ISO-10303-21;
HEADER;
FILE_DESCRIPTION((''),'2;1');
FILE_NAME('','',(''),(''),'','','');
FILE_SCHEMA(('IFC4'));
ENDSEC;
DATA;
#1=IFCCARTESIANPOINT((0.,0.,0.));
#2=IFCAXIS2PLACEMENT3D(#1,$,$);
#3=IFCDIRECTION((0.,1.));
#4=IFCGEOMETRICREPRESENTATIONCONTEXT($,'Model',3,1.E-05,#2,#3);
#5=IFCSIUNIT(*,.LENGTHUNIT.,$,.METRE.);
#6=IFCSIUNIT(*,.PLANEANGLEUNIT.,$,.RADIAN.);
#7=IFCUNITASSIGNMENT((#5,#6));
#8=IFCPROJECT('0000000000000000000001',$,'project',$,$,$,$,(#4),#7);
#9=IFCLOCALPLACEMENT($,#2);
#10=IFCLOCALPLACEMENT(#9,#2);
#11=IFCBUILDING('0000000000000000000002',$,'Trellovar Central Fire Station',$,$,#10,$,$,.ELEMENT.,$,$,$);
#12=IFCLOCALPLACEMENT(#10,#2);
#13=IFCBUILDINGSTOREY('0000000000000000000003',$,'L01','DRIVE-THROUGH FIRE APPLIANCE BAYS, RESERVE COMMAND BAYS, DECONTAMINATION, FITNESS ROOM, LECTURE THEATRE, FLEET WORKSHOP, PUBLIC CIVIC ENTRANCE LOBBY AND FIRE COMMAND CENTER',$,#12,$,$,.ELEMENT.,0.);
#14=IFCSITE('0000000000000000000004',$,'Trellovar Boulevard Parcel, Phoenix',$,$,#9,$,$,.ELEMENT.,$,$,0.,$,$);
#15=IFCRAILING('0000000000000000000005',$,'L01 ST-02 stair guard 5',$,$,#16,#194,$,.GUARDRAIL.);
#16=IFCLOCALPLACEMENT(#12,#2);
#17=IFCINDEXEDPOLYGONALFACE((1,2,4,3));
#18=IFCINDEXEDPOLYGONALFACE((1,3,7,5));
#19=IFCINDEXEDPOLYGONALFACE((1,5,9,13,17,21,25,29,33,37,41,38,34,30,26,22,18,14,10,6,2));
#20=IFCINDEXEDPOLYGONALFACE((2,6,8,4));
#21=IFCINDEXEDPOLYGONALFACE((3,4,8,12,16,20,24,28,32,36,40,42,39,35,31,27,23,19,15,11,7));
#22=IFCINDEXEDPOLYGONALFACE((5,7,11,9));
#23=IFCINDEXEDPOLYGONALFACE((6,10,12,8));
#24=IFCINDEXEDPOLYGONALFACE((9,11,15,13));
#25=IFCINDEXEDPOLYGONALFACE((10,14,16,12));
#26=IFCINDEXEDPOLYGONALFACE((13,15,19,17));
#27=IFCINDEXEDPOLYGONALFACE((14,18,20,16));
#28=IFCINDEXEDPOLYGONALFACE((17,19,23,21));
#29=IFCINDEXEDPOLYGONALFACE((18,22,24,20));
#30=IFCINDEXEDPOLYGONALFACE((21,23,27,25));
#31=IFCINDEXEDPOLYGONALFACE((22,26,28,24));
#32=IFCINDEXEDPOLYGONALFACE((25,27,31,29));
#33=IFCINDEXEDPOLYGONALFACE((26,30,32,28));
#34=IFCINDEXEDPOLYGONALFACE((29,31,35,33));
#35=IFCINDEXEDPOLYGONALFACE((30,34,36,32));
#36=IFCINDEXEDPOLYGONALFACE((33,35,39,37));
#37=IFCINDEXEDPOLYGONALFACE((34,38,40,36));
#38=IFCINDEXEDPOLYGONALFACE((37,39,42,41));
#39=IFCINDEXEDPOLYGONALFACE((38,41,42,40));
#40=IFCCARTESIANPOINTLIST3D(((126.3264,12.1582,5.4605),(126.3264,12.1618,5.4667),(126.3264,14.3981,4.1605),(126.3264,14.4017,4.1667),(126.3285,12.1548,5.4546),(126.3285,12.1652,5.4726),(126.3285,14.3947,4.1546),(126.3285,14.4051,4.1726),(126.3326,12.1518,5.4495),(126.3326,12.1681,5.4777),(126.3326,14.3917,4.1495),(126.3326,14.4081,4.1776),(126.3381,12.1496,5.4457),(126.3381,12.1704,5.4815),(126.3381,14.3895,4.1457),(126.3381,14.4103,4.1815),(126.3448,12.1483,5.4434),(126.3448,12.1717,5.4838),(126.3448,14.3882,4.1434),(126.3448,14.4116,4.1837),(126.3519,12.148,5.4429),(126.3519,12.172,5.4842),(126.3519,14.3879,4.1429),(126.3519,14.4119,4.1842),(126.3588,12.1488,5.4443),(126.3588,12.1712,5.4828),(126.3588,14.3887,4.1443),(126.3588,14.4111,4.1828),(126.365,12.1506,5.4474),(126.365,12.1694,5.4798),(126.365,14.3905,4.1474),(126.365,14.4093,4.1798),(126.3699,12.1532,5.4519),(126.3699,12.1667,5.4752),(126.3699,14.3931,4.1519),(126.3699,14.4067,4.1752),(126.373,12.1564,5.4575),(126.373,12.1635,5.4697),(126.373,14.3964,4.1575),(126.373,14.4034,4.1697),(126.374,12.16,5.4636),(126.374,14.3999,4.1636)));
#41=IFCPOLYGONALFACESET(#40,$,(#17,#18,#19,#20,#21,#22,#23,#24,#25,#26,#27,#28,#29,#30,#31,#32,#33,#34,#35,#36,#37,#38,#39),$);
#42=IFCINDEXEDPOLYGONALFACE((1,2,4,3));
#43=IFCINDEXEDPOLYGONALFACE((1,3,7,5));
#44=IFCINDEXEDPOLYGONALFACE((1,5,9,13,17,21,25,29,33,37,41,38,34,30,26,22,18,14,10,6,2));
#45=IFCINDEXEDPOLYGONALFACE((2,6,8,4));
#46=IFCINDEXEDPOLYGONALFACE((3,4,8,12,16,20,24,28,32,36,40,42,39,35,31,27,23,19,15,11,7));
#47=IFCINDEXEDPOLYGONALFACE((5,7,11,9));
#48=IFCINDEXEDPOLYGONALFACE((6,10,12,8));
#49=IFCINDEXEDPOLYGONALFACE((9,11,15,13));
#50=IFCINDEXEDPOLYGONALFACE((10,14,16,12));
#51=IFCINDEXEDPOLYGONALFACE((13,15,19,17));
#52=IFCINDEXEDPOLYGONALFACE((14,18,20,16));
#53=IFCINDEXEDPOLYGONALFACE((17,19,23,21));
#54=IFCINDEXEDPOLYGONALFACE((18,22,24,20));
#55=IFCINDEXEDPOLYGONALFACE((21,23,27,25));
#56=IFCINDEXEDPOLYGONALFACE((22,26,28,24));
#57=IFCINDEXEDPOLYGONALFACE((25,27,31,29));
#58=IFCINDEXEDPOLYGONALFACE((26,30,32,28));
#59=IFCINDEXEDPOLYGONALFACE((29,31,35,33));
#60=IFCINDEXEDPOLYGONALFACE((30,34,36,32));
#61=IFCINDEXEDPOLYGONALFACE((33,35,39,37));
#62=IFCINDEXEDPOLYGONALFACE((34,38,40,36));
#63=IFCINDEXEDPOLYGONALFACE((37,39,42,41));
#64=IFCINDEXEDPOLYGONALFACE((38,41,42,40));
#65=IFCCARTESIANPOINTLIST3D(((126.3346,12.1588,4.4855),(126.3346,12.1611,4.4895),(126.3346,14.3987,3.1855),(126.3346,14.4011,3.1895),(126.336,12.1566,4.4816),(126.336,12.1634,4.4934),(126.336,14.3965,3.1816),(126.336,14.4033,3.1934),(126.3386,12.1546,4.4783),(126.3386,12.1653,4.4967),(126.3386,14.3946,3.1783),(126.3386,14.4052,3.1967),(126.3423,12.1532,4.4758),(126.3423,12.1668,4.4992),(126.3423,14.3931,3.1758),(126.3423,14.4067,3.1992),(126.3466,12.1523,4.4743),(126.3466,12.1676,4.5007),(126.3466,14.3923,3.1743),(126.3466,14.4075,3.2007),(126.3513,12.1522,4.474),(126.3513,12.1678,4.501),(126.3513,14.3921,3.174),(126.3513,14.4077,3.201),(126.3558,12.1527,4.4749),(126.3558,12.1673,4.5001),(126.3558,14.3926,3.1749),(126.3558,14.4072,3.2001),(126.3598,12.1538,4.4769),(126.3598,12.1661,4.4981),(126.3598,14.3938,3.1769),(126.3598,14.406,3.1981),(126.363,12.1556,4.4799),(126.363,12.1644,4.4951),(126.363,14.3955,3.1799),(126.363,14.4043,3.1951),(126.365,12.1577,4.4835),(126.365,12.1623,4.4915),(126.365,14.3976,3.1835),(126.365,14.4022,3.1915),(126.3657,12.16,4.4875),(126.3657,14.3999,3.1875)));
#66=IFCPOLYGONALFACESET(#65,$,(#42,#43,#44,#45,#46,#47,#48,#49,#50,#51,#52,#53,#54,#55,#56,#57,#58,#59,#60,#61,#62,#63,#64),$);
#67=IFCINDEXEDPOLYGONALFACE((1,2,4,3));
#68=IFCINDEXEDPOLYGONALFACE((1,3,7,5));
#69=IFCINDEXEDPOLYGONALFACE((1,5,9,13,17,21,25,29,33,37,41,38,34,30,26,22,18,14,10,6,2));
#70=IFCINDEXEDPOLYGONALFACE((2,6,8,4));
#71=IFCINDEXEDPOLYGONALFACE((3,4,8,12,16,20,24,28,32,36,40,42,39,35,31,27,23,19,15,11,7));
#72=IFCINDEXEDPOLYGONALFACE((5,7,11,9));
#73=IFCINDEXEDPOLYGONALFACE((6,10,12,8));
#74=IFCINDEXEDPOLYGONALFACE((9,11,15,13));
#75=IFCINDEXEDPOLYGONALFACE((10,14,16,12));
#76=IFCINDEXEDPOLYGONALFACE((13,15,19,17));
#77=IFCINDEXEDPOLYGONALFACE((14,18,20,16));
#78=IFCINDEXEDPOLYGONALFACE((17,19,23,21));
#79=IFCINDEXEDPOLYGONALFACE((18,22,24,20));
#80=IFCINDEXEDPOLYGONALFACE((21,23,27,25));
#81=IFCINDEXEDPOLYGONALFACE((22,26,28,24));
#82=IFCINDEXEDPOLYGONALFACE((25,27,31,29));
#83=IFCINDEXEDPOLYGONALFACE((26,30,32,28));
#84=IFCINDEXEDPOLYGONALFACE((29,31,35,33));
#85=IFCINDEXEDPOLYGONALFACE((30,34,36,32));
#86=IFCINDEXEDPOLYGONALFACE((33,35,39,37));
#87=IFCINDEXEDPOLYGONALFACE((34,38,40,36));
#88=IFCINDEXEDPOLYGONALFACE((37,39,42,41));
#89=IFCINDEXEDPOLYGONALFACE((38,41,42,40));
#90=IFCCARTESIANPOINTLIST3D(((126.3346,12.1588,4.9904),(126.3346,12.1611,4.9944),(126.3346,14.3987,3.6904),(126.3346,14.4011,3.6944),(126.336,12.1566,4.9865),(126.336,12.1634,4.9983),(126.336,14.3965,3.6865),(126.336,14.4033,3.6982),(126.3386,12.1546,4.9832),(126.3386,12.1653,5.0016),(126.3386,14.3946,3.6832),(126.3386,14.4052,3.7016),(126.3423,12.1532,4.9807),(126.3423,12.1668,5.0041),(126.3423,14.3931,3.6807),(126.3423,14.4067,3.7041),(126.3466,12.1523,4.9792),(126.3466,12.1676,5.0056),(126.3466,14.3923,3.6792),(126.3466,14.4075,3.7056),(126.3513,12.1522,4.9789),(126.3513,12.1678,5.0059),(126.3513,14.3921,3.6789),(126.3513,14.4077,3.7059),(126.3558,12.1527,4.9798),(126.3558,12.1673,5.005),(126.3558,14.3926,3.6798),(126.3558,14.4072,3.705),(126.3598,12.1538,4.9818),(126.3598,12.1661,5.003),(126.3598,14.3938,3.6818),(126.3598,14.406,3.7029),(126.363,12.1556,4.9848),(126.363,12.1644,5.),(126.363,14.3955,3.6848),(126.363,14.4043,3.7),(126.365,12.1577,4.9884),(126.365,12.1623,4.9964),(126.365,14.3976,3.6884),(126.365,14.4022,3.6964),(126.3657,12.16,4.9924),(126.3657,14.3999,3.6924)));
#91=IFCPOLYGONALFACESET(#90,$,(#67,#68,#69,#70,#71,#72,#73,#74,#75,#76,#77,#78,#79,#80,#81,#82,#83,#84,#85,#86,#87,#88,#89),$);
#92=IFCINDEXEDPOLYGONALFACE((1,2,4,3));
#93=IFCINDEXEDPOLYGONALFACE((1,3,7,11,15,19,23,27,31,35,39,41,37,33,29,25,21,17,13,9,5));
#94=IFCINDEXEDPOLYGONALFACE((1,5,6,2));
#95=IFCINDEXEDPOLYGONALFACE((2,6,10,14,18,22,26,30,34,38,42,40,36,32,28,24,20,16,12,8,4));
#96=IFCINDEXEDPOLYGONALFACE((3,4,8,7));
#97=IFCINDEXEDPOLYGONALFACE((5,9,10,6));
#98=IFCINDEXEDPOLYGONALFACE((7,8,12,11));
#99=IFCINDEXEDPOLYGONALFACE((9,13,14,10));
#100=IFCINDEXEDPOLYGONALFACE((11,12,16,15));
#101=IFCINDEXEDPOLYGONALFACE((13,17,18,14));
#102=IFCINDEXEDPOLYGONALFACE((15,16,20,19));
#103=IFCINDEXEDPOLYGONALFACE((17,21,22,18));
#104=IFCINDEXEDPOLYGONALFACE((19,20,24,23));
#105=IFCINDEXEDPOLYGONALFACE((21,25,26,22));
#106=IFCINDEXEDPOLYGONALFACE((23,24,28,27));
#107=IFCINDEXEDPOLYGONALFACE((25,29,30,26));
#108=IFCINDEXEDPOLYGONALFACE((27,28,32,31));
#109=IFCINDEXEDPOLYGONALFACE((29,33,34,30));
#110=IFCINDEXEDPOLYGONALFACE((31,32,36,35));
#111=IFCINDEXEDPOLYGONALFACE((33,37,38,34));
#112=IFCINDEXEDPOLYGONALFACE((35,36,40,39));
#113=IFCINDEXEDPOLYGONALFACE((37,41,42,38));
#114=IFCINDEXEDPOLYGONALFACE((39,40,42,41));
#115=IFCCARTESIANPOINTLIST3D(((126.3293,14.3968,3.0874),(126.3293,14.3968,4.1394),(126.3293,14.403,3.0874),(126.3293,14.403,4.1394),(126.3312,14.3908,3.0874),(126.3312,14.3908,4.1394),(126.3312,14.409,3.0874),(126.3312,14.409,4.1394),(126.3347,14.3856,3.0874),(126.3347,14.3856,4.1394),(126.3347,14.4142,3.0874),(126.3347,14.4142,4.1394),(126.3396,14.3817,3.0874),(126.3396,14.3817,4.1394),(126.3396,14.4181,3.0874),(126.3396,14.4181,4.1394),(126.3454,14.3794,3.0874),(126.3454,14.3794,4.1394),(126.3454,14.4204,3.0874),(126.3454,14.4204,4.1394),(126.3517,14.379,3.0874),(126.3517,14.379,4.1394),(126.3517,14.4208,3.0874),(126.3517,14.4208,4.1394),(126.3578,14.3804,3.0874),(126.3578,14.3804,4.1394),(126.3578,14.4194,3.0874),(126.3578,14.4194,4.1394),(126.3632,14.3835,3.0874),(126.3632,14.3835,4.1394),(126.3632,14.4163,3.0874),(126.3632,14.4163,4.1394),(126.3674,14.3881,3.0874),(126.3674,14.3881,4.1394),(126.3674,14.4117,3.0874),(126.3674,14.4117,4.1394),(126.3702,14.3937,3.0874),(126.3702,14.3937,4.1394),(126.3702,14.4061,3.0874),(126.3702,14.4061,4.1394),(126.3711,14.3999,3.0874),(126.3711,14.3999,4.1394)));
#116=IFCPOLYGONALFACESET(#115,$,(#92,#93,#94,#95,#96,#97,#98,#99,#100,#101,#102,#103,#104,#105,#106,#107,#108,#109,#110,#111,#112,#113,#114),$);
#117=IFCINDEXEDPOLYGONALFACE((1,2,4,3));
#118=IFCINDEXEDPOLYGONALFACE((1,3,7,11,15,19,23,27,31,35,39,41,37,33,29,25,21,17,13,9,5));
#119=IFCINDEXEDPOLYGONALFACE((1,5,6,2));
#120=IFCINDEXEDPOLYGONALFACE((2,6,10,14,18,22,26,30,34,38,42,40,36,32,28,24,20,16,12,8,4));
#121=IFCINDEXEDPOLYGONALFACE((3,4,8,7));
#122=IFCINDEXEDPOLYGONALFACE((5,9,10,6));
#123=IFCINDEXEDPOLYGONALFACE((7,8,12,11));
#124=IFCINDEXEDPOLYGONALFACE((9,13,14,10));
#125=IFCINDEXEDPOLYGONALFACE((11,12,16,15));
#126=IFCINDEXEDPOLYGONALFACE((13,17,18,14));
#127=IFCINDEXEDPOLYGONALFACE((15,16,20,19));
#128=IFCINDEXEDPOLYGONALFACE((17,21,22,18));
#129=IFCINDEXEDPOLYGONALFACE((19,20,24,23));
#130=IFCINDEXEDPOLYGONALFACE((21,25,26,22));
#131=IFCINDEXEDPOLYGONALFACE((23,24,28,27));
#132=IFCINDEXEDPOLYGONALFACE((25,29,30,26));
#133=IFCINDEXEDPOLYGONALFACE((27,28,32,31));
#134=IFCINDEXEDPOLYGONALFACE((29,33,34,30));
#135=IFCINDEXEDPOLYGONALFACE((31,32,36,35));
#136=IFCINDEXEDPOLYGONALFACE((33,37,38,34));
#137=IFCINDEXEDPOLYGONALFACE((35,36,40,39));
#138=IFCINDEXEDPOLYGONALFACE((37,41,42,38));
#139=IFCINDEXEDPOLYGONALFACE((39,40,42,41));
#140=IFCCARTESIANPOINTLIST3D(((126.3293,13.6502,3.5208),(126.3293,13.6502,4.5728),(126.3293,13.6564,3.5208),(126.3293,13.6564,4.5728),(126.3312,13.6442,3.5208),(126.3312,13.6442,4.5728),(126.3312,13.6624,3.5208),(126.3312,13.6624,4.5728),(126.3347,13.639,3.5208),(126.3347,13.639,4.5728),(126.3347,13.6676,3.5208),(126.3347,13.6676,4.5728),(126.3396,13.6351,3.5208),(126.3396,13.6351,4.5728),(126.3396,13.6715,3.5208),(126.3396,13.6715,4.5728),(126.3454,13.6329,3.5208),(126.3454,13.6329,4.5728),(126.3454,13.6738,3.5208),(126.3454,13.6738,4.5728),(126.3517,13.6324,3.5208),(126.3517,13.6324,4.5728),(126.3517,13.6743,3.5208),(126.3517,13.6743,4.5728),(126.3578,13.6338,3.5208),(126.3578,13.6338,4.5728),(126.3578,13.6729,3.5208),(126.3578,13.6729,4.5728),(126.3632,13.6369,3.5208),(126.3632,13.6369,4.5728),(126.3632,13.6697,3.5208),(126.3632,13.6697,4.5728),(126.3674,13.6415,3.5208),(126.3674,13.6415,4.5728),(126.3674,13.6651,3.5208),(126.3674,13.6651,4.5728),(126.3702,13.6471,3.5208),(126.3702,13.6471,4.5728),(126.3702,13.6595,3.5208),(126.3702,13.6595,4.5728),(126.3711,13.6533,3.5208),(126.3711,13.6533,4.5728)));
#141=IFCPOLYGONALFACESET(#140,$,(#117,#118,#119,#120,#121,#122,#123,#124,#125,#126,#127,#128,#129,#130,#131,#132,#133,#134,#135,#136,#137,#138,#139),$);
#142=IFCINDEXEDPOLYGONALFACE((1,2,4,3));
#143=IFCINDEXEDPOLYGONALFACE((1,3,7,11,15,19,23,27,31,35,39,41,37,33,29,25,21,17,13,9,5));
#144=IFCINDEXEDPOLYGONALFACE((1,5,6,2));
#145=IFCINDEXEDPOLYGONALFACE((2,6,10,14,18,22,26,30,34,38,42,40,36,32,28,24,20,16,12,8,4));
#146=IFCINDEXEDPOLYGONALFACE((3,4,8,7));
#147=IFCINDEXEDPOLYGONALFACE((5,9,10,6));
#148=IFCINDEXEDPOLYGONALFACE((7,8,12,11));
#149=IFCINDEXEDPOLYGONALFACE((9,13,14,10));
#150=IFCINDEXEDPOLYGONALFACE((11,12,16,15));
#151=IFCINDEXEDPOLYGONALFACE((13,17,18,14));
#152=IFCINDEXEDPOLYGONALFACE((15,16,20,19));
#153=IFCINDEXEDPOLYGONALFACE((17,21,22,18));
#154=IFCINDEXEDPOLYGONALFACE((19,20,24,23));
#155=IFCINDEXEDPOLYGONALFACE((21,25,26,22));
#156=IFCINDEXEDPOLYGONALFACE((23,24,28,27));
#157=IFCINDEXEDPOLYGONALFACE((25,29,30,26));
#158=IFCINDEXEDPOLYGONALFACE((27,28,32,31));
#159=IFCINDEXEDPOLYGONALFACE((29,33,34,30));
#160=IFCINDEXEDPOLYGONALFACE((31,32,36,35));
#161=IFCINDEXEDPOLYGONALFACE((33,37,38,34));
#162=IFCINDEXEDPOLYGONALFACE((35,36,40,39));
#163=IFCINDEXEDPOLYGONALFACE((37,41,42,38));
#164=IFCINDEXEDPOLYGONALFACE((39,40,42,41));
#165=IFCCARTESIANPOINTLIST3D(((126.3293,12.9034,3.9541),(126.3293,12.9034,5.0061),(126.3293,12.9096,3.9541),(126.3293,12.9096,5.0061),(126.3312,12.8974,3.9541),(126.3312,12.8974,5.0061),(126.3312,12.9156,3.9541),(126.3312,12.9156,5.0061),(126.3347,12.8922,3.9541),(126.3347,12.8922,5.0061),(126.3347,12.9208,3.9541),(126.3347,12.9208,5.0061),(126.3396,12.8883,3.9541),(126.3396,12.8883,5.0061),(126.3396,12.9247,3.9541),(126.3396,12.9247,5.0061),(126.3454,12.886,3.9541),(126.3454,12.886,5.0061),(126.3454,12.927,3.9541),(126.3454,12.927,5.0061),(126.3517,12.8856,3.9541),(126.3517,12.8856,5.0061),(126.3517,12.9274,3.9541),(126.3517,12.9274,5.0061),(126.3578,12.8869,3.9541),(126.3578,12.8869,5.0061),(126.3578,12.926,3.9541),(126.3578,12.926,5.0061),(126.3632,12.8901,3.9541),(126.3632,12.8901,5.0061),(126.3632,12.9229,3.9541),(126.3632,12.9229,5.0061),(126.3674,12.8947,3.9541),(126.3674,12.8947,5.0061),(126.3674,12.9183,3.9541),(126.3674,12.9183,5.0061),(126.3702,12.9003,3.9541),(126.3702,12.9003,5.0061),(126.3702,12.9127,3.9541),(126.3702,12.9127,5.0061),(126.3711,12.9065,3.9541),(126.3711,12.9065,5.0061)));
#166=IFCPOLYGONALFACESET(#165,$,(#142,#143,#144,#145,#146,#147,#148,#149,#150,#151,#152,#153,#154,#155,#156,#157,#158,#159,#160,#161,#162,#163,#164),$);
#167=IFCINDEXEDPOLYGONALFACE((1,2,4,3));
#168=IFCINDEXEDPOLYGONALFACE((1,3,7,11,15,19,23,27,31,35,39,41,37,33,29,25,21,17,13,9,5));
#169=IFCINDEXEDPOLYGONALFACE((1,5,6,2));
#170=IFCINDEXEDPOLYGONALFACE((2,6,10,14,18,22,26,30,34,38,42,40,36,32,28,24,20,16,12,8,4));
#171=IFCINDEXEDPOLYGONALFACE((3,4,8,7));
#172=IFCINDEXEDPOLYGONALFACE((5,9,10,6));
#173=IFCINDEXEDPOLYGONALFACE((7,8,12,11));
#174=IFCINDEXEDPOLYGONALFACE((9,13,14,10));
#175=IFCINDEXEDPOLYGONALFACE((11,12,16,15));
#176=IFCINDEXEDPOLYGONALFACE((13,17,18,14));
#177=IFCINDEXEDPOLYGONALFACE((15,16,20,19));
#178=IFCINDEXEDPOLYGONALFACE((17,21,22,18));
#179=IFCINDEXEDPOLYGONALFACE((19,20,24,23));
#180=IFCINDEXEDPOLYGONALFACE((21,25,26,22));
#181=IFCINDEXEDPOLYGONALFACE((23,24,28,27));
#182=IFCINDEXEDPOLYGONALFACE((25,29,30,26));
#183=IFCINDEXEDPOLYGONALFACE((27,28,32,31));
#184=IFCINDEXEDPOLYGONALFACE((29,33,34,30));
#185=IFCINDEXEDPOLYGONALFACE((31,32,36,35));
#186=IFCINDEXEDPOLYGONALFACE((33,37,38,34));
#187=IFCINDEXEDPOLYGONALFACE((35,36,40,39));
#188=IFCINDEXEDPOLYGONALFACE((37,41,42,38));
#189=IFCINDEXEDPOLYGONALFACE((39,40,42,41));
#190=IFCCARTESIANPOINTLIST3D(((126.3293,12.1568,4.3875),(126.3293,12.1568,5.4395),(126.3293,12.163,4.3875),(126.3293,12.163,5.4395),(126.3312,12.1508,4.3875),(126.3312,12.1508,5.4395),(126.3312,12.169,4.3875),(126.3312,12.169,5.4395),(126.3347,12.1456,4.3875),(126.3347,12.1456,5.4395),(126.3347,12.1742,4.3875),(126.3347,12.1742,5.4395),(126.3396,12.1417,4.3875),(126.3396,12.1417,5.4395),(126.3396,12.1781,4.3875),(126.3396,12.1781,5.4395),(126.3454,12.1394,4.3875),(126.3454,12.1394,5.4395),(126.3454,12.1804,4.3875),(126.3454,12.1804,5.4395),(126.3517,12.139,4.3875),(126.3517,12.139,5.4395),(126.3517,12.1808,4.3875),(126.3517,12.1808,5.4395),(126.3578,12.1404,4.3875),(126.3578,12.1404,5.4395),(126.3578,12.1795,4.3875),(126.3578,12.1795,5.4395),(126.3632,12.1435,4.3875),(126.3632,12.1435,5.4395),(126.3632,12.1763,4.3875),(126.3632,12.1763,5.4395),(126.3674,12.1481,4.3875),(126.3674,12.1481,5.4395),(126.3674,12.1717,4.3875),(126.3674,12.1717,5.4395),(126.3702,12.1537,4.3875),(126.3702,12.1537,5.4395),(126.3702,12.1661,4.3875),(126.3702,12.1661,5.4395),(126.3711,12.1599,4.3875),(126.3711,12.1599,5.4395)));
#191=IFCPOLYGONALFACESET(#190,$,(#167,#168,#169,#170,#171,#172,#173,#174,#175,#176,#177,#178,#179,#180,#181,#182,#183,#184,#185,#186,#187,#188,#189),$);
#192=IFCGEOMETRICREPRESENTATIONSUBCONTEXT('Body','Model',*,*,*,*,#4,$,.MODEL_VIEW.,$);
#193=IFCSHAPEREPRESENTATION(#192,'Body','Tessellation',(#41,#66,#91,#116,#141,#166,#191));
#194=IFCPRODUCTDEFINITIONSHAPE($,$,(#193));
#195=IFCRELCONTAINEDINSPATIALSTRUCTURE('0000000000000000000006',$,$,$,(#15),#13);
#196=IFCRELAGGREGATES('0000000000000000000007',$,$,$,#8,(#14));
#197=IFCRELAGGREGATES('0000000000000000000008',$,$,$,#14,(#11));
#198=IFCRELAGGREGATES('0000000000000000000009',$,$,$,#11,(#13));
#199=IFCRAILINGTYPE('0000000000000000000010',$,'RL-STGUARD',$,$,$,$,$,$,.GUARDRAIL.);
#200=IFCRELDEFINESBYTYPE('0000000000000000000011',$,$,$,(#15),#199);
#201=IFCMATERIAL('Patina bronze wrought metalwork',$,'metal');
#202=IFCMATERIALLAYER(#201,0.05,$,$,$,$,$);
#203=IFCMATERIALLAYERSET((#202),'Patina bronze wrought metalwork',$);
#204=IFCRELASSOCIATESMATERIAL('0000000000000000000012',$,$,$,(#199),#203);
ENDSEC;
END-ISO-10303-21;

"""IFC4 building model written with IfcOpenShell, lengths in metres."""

from ifc_helpers import new_model, si_unit, direction, frame, origin, origin_2d, place, context, subcontext, project, spatial, circle, extrude, material, layer, layer_set, type_object, element, save


model = new_model("IFC4")

# Units and contexts
model_context = context("Model", 3, precision=1e-05, world=origin(), true_north=direction((0.0, 1.0)))
body_context = subcontext(model_context, "Body", "Model", "MODEL_VIEW")
ifc_project = project(units=[si_unit("LENGTHUNIT", "METRE"), si_unit("PLANEANGLEUNIT", "RADIAN")], contexts=[model_context])

# Site, building, storey
site_placement = place(None, origin())
site = spatial("IfcSite", under=ifc_project, at=site_placement, Name="Trellovar Boulevard Parcel, Phoenix", CompositionType="ELEMENT", RefElevation=0.0)
building_placement = place(site_placement, origin())
building = spatial("IfcBuilding", under=site, at=building_placement, Name="Trellovar Central Fire Station", CompositionType="ELEMENT")
storey_placement = place(building_placement, origin())
storey = spatial("IfcBuildingStorey", under=building, at=storey_placement, Name="L01", Description="DRIVE-THROUGH FIRE APPLIANCE BAYS, RESERVE COMMAND BAYS, DECONTAMINATION, FITNESS ROOM, LECTURE THEATRE, FLEET WORKSHOP, PUBLIC CIVIC ENTRANCE LOBBY AND FIRE COMMAND CENTER", CompositionType="ELEMENT", Elevation=0.0)

# Railing
ifc_material_1 = material(Name="Patina bronze wrought metalwork", Category="metal")
ifc_layer_1 = layer(ifc_material_1, 0.05)
ifc_layer_set_1 = layer_set([ifc_layer_1], Name="Patina bronze wrought metalwork")
railing_type_1 = type_object("IfcRailingType", Name="RL-STGUARD", PredefinedType="GUARDRAIL", material=ifc_layer_set_1)
railing_1_placement = place(storey_placement, frame((126.3501, 14.3999, 3.0874)))
element("IfcRailing", 1, at=railing_1_placement, inside=storey, type_object=railing_type_1, Name="L01 ST-02 stair guard 5", PredefinedType="GUARDRAIL", context=body_context, shape_type="SweptSolid", body=[
    extrude(circle(Radius=0.0239, at=origin_2d()), frame((0.0, 0.0, 1.0762), z_axis=(0.0, -0.864888, 0.501965), x_axis=(1.0, 0.0, 0.0)), (0.0, 0.0, 1.0), 2.5898),
    extrude(circle(Radius=0.0156, at=origin_2d()), frame((0.0, 0.0, 0.1001), z_axis=(0.0, -0.864888, 0.501965), x_axis=(1.0, 0.0, 0.0)), (0.0, 0.0, 1.0), 2.5898),
    extrude(circle(Radius=0.0156, at=origin_2d()), frame((0.0, 0.0, 0.605), z_axis=(0.0, -0.864888, 0.501965), x_axis=(1.0, 0.0, 0.0)), (0.0, 0.0, 1.0), 2.5898),
    extrude(circle(Radius=0.021, at=origin_2d()), origin(), (0.0, 0.0, 1.0), 1.052),
    extrude(circle(Radius=0.021, at=origin_2d()), frame((0.0, -0.7466, 0.4333)), (0.0, 0.0, 1.0), 1.052),
    extrude(circle(Radius=0.021, at=origin_2d()), frame((0.0, -1.4934, 0.8667)), (0.0, 0.0, 1.0), 1.052),
    extrude(circle(Radius=0.021, at=origin_2d()), frame((0.0, -2.24, 1.3)), (0.0, 0.0, 1.0), 1.052),
])

save(model, "model.ifc")
